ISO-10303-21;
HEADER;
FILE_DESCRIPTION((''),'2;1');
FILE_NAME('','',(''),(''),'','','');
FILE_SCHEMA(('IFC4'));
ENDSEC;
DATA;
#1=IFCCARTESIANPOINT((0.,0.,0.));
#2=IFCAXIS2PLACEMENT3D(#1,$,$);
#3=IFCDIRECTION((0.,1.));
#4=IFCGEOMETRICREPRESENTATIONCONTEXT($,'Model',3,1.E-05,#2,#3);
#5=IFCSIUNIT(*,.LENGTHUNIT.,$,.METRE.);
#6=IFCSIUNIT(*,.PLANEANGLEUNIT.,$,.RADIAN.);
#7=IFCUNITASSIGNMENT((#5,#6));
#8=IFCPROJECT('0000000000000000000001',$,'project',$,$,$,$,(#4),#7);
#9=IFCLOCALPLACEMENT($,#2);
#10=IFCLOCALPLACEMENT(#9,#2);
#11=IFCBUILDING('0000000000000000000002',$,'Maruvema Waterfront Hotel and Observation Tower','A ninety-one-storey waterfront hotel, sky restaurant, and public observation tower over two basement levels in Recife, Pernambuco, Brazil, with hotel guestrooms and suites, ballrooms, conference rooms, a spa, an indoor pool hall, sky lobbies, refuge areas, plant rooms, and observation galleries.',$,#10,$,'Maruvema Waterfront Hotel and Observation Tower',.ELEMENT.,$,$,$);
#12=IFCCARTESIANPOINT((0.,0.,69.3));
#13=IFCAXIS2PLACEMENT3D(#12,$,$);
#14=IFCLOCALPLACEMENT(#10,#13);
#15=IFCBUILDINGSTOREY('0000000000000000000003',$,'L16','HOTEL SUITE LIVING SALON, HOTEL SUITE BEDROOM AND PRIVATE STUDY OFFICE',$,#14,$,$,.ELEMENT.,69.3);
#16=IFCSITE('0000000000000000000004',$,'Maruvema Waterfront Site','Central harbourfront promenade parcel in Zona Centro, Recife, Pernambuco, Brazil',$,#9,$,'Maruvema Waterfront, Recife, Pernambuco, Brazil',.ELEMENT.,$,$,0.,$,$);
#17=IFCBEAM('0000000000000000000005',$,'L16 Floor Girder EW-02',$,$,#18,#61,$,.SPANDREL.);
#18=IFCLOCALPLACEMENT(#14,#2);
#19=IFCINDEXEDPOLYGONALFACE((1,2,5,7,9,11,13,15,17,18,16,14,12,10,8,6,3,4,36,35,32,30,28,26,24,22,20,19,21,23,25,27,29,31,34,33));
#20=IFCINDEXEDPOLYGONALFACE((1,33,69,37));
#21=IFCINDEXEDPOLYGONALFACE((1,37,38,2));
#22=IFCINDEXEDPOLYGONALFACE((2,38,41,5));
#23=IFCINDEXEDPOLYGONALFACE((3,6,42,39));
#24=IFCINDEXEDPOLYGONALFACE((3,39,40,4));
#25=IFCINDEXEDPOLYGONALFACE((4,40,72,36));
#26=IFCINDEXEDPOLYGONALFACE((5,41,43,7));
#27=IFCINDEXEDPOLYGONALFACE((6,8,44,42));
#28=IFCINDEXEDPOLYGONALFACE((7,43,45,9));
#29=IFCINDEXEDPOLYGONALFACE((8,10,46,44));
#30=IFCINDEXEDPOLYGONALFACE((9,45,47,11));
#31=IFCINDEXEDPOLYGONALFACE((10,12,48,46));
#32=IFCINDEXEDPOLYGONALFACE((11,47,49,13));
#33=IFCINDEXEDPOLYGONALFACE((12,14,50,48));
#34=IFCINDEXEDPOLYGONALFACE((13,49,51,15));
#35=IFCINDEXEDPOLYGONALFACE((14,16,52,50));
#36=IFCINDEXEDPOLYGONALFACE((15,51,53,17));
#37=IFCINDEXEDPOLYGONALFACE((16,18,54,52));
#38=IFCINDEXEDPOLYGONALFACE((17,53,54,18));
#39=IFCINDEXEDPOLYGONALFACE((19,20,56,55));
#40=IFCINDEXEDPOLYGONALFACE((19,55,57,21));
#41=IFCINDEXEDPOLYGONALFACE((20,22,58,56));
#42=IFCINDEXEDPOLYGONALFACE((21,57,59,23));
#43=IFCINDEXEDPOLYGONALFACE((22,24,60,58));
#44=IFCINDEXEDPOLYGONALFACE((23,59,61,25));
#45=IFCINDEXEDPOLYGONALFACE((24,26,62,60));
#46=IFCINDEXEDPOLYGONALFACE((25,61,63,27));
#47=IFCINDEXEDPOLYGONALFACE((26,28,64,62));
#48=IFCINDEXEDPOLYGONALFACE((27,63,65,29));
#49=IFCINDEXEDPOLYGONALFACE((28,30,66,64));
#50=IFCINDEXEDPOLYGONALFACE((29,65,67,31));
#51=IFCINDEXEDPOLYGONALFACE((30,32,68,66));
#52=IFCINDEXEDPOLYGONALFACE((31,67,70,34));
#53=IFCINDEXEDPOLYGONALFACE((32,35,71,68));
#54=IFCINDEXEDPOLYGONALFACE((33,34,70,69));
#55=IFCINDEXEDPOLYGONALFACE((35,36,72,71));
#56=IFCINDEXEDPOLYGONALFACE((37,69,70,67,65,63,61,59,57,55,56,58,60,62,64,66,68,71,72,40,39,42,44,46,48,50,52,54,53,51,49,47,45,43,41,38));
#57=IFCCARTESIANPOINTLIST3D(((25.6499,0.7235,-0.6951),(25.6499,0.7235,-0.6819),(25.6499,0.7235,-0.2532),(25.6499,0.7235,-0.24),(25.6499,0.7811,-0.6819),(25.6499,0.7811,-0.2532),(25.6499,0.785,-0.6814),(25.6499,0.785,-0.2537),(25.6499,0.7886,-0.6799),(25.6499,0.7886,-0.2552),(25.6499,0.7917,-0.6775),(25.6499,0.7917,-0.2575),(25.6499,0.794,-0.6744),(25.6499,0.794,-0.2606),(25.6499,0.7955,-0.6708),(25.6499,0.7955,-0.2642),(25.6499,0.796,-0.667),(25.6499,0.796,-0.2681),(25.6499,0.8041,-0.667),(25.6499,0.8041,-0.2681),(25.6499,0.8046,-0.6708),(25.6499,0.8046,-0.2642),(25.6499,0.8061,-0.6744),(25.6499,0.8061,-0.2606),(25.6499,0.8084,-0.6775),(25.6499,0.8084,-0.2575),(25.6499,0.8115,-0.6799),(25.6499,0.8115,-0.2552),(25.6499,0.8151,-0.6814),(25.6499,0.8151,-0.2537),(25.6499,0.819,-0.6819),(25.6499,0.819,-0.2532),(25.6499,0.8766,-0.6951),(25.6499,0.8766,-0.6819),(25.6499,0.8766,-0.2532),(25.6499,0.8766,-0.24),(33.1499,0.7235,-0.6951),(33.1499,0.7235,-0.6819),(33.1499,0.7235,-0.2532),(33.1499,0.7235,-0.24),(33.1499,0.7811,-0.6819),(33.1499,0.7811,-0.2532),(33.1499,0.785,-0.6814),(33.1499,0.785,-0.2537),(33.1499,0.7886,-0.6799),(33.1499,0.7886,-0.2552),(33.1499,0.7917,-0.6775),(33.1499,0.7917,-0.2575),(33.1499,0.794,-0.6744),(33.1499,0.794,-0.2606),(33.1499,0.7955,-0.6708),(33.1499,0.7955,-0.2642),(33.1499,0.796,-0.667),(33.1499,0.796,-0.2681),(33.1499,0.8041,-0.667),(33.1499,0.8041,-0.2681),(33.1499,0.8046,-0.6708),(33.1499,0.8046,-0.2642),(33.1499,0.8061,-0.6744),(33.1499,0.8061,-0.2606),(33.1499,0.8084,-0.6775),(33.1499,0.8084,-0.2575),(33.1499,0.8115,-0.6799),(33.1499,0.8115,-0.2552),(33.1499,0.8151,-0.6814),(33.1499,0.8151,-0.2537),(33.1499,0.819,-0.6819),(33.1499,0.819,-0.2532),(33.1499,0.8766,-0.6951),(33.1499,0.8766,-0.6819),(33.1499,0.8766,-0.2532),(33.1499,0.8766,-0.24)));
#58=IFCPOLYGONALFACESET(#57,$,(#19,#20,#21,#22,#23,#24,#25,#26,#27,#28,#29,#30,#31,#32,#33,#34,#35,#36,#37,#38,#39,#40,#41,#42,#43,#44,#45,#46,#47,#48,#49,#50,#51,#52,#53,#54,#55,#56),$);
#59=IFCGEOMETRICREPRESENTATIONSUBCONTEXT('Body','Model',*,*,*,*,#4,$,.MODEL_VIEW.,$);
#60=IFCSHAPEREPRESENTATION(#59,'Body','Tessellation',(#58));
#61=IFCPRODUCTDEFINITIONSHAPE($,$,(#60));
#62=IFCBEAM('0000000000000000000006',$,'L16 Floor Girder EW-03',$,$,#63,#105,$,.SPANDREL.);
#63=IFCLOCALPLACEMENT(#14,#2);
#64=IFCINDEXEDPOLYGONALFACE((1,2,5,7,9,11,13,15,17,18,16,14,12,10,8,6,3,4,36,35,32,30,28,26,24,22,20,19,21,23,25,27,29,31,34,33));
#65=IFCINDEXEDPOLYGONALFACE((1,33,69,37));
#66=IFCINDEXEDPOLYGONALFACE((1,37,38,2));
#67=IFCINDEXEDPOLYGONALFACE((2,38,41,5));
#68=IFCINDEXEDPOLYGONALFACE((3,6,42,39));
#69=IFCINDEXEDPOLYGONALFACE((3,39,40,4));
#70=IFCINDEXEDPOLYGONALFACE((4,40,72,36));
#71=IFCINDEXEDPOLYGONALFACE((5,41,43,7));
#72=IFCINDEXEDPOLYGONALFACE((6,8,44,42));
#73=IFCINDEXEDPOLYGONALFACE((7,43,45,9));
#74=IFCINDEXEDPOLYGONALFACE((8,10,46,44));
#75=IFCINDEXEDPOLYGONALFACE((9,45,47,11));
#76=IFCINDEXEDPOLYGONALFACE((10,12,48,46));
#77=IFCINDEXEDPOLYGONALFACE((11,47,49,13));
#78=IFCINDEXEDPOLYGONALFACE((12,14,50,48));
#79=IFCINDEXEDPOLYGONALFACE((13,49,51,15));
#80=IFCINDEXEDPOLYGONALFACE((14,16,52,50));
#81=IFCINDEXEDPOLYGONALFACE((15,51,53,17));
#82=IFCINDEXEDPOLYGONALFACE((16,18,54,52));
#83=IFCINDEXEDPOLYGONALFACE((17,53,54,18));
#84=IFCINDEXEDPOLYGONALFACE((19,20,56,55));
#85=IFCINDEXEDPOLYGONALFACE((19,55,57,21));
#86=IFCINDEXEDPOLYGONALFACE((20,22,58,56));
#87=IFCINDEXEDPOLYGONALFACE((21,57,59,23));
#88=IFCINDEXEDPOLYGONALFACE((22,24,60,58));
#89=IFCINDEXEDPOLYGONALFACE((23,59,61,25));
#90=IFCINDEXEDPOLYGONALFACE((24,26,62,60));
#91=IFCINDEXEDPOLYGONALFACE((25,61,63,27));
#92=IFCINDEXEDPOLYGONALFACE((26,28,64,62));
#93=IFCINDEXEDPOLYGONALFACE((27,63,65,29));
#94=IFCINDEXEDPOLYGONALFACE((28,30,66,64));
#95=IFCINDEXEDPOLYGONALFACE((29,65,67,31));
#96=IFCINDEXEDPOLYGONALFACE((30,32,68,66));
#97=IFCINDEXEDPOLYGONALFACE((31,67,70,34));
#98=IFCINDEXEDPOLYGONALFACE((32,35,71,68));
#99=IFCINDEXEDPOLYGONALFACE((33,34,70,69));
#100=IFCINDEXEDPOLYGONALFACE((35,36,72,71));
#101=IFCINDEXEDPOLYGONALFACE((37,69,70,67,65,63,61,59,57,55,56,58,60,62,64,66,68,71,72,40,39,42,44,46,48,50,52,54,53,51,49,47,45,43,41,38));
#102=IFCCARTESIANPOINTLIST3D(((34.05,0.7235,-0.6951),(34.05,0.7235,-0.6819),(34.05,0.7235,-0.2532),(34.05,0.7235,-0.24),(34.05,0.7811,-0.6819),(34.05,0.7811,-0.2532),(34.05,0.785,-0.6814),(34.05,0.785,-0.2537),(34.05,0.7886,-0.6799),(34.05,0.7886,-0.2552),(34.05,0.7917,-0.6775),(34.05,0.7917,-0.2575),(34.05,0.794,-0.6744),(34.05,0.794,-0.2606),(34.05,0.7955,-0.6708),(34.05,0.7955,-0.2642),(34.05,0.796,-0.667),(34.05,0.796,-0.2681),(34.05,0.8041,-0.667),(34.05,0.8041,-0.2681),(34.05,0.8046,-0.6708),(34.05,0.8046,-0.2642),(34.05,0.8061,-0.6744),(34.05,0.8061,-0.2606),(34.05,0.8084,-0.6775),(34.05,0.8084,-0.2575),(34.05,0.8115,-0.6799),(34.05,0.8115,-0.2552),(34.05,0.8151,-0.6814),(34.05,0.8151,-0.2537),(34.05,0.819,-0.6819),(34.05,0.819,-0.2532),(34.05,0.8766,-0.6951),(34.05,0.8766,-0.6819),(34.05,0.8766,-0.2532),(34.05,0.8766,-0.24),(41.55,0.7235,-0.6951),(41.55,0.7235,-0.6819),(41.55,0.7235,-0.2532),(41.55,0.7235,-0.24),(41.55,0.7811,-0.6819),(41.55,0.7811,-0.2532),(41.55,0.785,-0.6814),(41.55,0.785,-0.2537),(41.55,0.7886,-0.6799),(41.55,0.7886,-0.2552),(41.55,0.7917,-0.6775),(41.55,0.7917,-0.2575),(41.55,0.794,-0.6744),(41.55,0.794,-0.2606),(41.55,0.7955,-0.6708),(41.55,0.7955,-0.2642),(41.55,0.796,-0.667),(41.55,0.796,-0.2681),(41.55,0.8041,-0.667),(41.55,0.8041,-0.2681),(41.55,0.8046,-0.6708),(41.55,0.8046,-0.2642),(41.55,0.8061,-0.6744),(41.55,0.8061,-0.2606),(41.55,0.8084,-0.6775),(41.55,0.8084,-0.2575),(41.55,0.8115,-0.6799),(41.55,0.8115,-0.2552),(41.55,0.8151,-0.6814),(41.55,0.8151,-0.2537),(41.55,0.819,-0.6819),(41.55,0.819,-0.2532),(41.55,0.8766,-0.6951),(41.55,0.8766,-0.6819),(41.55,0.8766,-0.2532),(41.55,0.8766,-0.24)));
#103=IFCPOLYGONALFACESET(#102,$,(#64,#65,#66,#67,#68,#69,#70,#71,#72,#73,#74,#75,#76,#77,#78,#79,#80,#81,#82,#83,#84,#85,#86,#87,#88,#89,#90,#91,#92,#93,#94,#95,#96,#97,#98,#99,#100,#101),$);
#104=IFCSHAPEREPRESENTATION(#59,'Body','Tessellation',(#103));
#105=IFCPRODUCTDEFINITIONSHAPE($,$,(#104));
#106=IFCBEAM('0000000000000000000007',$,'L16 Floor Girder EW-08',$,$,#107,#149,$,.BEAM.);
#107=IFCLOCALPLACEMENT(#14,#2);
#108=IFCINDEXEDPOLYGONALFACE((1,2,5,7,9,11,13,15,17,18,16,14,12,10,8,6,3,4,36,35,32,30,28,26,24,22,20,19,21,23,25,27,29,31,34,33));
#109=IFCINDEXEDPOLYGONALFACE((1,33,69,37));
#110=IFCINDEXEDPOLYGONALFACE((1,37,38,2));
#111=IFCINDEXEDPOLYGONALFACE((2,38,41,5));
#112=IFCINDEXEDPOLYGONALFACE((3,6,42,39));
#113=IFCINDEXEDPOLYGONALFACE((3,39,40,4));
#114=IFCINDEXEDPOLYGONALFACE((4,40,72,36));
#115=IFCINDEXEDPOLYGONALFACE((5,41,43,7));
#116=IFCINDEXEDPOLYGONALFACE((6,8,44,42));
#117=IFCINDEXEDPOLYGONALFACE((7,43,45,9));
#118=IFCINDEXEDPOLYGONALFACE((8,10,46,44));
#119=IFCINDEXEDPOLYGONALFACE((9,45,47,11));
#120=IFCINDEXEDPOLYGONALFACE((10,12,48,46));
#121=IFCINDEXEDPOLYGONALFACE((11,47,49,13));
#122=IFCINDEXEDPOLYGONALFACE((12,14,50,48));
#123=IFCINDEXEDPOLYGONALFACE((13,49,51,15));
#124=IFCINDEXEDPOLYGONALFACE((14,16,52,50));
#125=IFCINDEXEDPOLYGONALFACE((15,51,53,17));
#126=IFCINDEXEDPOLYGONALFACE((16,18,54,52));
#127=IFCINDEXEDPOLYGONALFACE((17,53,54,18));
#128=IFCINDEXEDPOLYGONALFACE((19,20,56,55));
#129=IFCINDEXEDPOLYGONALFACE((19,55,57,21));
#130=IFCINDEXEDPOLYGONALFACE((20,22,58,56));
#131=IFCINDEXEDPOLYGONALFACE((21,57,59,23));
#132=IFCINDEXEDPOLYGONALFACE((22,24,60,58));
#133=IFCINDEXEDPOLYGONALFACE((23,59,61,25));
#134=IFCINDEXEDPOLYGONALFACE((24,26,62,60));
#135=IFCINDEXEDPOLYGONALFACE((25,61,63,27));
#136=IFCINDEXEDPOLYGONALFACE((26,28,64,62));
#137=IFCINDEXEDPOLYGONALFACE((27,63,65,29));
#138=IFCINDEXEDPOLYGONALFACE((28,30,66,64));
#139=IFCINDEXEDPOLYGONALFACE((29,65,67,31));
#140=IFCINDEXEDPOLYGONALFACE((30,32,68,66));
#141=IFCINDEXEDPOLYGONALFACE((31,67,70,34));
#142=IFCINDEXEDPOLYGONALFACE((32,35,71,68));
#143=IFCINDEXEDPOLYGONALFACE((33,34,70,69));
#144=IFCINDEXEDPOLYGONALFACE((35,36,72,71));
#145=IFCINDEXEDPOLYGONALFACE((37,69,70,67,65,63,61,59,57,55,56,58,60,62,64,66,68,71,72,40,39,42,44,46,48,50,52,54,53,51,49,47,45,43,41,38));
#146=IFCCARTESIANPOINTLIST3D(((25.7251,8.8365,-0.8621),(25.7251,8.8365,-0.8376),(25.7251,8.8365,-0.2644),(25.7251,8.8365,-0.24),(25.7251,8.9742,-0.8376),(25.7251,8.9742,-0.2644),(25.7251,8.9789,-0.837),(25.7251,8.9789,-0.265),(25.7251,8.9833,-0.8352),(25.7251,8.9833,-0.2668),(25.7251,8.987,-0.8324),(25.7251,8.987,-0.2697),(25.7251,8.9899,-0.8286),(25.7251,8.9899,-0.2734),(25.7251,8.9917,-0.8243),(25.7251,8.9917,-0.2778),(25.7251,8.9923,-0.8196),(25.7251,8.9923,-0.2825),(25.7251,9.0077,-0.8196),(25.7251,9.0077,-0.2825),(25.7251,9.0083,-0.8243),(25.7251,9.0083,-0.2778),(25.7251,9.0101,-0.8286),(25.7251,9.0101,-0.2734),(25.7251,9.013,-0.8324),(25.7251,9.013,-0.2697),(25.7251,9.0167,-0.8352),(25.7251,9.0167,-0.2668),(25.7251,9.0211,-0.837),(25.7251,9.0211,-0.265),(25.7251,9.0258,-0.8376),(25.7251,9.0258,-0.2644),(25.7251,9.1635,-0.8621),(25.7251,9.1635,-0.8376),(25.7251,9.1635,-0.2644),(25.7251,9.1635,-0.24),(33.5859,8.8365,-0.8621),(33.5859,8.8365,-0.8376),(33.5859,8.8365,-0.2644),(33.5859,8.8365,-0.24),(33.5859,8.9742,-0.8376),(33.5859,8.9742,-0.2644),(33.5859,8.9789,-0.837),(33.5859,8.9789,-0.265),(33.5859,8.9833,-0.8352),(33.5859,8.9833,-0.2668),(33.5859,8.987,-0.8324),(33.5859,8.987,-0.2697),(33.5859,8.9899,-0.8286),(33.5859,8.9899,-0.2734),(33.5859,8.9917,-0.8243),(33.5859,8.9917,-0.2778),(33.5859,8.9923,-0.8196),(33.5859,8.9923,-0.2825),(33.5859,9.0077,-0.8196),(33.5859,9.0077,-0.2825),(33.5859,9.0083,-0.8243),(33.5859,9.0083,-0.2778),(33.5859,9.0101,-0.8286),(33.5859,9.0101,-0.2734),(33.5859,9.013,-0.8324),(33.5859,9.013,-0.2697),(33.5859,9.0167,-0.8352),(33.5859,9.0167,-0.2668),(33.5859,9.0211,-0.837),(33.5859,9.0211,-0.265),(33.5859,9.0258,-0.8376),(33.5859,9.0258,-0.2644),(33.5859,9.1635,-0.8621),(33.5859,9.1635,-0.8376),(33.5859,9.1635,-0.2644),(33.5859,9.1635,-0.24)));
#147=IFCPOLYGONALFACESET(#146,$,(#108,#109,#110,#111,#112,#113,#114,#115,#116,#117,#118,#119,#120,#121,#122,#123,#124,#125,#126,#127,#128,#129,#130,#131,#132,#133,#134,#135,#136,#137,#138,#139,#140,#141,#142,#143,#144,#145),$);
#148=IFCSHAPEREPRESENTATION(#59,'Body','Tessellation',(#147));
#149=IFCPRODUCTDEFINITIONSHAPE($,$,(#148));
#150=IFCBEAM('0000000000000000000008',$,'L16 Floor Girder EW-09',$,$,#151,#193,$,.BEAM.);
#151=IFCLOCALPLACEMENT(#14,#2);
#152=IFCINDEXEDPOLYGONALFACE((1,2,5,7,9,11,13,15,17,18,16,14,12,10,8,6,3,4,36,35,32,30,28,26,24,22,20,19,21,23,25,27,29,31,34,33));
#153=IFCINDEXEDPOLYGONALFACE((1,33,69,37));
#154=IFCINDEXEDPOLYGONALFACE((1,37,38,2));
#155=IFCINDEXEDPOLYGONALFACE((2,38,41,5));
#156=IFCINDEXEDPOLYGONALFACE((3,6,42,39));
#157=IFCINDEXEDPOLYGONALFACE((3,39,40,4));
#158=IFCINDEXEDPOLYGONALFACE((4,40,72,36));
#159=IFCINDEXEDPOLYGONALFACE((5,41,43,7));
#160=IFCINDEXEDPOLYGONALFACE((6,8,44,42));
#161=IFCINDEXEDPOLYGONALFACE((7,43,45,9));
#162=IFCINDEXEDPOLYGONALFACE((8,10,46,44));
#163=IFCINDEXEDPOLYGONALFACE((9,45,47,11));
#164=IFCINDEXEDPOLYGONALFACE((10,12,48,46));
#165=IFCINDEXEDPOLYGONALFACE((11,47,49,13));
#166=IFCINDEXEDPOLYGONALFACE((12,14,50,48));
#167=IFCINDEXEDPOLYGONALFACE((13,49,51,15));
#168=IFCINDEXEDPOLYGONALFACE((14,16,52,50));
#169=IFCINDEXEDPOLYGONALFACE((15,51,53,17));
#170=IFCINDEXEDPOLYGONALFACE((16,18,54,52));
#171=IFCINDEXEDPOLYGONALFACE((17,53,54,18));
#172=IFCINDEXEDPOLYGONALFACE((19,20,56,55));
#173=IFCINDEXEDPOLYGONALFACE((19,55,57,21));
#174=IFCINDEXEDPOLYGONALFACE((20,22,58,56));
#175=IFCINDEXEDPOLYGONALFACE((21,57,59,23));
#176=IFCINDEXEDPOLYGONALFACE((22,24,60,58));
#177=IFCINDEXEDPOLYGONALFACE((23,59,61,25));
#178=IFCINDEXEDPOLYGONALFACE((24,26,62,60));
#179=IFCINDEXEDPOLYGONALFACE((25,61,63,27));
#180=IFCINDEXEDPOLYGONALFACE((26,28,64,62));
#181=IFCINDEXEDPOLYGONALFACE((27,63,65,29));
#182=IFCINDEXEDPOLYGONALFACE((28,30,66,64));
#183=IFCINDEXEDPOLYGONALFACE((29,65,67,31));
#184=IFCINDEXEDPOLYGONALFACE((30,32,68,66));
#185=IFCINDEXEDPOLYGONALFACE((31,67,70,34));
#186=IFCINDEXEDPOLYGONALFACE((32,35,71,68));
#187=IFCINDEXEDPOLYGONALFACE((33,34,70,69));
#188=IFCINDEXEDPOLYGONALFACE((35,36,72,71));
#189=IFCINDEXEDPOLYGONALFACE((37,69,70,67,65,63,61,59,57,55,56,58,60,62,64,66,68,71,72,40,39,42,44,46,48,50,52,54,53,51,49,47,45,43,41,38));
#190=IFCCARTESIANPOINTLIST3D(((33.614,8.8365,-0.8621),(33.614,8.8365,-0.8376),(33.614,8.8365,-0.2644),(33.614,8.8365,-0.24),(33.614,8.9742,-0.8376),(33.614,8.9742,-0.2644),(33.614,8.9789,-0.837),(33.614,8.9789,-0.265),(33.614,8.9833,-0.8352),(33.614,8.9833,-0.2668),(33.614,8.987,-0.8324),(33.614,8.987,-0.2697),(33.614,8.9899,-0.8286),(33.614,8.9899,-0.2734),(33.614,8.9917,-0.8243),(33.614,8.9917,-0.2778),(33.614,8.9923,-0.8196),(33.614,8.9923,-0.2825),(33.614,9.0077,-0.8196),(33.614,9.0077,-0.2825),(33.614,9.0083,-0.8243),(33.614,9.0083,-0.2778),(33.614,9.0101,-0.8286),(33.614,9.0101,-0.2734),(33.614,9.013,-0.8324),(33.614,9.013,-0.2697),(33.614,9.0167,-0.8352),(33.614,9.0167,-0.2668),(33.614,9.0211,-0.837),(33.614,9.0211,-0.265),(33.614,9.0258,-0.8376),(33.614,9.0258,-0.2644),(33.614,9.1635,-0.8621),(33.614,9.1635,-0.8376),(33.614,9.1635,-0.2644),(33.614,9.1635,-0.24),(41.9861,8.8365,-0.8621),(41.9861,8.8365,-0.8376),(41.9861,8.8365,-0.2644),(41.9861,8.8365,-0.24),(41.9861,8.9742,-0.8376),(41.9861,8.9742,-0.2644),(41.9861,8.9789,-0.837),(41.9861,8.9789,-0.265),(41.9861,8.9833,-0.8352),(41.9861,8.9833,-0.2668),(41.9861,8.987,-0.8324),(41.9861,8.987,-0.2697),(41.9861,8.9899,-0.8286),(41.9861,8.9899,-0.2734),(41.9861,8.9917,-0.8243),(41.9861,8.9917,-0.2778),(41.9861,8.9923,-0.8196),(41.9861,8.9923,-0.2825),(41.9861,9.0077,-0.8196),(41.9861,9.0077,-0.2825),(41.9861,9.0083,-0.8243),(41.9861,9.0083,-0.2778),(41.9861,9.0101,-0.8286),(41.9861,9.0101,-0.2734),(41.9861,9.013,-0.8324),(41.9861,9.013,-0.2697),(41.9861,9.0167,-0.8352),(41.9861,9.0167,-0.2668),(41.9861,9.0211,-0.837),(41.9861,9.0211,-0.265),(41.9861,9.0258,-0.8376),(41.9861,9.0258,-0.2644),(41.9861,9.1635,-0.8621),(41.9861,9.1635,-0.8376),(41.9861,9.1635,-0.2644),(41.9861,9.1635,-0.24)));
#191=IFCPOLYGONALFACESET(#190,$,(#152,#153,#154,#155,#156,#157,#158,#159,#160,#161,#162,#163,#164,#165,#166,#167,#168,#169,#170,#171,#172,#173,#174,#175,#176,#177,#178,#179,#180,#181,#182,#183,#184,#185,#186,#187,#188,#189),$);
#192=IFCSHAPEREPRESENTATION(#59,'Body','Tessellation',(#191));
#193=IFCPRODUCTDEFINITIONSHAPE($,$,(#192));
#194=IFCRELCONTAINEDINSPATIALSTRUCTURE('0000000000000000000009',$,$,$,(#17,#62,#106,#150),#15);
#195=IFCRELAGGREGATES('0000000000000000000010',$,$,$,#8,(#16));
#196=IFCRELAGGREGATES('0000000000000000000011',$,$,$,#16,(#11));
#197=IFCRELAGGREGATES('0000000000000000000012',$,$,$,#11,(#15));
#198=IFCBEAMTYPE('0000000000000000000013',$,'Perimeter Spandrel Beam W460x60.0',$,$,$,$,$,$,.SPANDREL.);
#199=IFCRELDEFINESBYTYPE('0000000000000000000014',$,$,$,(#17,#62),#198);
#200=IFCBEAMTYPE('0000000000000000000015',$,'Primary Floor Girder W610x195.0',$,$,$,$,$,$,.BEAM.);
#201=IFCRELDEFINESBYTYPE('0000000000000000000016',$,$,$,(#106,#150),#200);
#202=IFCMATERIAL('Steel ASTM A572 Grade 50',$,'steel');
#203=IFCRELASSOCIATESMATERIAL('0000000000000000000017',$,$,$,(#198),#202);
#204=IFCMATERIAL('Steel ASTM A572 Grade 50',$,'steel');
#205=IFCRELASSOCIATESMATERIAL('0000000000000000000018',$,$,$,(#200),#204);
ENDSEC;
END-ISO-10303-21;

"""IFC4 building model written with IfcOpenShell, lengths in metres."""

from ifc_helpers import new_model, si_unit, direction, frame, origin, origin_2d, place, context, subcontext, project, spatial, i_section, extrude, material, material_profile, profile_set, type_object, element, save


model = new_model("IFC4")

# Units and contexts
model_context = context("Model", 3, precision=1e-05, world=origin(), true_north=direction((0.0, 1.0)))
body_context = subcontext(model_context, "Body", "Model", "MODEL_VIEW")
ifc_project = project(units=[si_unit("LENGTHUNIT", "METRE"), si_unit("PLANEANGLEUNIT", "RADIAN")], contexts=[model_context])

# Site, building, storey
site_placement = place(None, origin())
site = spatial("IfcSite", under=ifc_project, at=site_placement, Name="Maruvema Waterfront Site", Description="Central harbourfront promenade parcel in Zona Centro, Recife, Pernambuco, Brazil", LongName="Maruvema Waterfront, Recife, Pernambuco, Brazil", CompositionType="ELEMENT", RefElevation=0.0)
building_placement = place(site_placement, origin())
building = spatial("IfcBuilding", under=site, at=building_placement, Name="Maruvema Waterfront Hotel and Observation Tower", Description="A ninety-one-storey waterfront hotel, sky restaurant, and public observation tower over two basement levels in Recife, Pernambuco, Brazil, with hotel guestrooms and suites, ballrooms, conference rooms, a spa, an indoor pool hall, sky lobbies, refuge areas, plant rooms, and observation galleries.", LongName="Maruvema Waterfront Hotel and Observation Tower", CompositionType="ELEMENT")
storey_placement = place(building_placement, frame((0.0, 0.0, 69.3)))
storey = spatial("IfcBuildingStorey", under=building, at=storey_placement, Name="L16", Description="HOTEL SUITE LIVING SALON, HOTEL SUITE BEDROOM AND PRIVATE STUDY OFFICE", CompositionType="ELEMENT", Elevation=69.3)

# Beams
ifc_material_1 = material(Name="Steel ASTM A572 Grade 50", Category="steel")
ifc_material_profile_1 = material_profile(ifc_material_1, i_section(OverallWidth=0.1531, OverallDepth=0.4551, WebThickness=0.0081, FlangeThickness=0.0132, FilletRadius=0.0149, at=origin_2d()), Name="W460x60.0")
ifc_profile_set_1 = profile_set([ifc_material_profile_1], Name="Steel ASTM A572 Grade 50")
beam_type_1 = type_object("IfcBeamType", Name="Perimeter Spandrel Beam W460x60.0", PredefinedType="SPANDREL", material=ifc_profile_set_1)
for number, where, z_axis, x_axis, name in (
    (1, (25.6499, 0.8, -0.4675), (1.0, 0.0, 0.0), (0.0, 1.0, 0.0), "L16 Floor Girder EW-02"),
    (2, (34.05, 0.8, -0.4675), (1.0, 0.0, 0.0), (0.0, 1.0, 0.0), "L16 Floor Girder EW-03"),
):
    element("IfcBeam", number, at=place(storey_placement, frame(where, z_axis=z_axis, x_axis=x_axis)), inside=storey, type_object=beam_type_1, Name=name, PredefinedType="SPANDREL", context=body_context, shape_type="SweptSolid", body=[
        extrude(i_section(OverallWidth=0.1531, OverallDepth=0.4551, WebThickness=0.0081, FlangeThickness=0.0132, FilletRadius=0.0149, at=origin_2d()), origin(), (0.0, 0.0, 1.0), 7.5),
    ])
ifc_material_2 = material(Name="Steel ASTM A572 Grade 50", Category="steel")
ifc_material_profile_2 = material_profile(ifc_material_2, i_section(OverallWidth=0.3269, OverallDepth=0.6221, WebThickness=0.0154, FlangeThickness=0.0244, FilletRadius=0.0181, at=origin_2d()), Name="W610x195.0")
ifc_profile_set_2 = profile_set([ifc_material_profile_2], Name="Steel ASTM A572 Grade 50")
beam_type_2 = type_object("IfcBeamType", Name="Primary Floor Girder W610x195.0", PredefinedType="BEAM", material=ifc_profile_set_2)
beam_1_placement = place(storey_placement, frame((25.7251, 9.0, -0.551), z_axis=(1.0, 0.0, 0.0), x_axis=(0.0, 1.0, 0.0)))
element("IfcBeam", 3, at=beam_1_placement, inside=storey, type_object=beam_type_2, Name="L16 Floor Girder EW-08", PredefinedType="BEAM", context=body_context, shape_type="SweptSolid", body=[
    extrude(i_section(OverallWidth=0.3269, OverallDepth=0.6221, WebThickness=0.0154, FlangeThickness=0.0244, FilletRadius=0.0181, at=origin_2d()), origin(), (0.0, 0.0, 1.0), 7.8608),
])
beam_2_placement = place(storey_placement, frame((33.614, 9.0, -0.551), z_axis=(1.0, 0.0, 0.0), x_axis=(0.0, 1.0, 0.0)))
element("IfcBeam", 4, at=beam_2_placement, inside=storey, type_object=beam_type_2, Name="L16 Floor Girder EW-09", PredefinedType="BEAM", context=body_context, shape_type="SweptSolid", body=[
    extrude(i_section(OverallWidth=0.3269, OverallDepth=0.6221, WebThickness=0.0154, FlangeThickness=0.0244, FilletRadius=0.0181, at=origin_2d()), origin(), (0.0, 0.0, 1.0), 8.3721),
])

save(model, "model.ifc")
